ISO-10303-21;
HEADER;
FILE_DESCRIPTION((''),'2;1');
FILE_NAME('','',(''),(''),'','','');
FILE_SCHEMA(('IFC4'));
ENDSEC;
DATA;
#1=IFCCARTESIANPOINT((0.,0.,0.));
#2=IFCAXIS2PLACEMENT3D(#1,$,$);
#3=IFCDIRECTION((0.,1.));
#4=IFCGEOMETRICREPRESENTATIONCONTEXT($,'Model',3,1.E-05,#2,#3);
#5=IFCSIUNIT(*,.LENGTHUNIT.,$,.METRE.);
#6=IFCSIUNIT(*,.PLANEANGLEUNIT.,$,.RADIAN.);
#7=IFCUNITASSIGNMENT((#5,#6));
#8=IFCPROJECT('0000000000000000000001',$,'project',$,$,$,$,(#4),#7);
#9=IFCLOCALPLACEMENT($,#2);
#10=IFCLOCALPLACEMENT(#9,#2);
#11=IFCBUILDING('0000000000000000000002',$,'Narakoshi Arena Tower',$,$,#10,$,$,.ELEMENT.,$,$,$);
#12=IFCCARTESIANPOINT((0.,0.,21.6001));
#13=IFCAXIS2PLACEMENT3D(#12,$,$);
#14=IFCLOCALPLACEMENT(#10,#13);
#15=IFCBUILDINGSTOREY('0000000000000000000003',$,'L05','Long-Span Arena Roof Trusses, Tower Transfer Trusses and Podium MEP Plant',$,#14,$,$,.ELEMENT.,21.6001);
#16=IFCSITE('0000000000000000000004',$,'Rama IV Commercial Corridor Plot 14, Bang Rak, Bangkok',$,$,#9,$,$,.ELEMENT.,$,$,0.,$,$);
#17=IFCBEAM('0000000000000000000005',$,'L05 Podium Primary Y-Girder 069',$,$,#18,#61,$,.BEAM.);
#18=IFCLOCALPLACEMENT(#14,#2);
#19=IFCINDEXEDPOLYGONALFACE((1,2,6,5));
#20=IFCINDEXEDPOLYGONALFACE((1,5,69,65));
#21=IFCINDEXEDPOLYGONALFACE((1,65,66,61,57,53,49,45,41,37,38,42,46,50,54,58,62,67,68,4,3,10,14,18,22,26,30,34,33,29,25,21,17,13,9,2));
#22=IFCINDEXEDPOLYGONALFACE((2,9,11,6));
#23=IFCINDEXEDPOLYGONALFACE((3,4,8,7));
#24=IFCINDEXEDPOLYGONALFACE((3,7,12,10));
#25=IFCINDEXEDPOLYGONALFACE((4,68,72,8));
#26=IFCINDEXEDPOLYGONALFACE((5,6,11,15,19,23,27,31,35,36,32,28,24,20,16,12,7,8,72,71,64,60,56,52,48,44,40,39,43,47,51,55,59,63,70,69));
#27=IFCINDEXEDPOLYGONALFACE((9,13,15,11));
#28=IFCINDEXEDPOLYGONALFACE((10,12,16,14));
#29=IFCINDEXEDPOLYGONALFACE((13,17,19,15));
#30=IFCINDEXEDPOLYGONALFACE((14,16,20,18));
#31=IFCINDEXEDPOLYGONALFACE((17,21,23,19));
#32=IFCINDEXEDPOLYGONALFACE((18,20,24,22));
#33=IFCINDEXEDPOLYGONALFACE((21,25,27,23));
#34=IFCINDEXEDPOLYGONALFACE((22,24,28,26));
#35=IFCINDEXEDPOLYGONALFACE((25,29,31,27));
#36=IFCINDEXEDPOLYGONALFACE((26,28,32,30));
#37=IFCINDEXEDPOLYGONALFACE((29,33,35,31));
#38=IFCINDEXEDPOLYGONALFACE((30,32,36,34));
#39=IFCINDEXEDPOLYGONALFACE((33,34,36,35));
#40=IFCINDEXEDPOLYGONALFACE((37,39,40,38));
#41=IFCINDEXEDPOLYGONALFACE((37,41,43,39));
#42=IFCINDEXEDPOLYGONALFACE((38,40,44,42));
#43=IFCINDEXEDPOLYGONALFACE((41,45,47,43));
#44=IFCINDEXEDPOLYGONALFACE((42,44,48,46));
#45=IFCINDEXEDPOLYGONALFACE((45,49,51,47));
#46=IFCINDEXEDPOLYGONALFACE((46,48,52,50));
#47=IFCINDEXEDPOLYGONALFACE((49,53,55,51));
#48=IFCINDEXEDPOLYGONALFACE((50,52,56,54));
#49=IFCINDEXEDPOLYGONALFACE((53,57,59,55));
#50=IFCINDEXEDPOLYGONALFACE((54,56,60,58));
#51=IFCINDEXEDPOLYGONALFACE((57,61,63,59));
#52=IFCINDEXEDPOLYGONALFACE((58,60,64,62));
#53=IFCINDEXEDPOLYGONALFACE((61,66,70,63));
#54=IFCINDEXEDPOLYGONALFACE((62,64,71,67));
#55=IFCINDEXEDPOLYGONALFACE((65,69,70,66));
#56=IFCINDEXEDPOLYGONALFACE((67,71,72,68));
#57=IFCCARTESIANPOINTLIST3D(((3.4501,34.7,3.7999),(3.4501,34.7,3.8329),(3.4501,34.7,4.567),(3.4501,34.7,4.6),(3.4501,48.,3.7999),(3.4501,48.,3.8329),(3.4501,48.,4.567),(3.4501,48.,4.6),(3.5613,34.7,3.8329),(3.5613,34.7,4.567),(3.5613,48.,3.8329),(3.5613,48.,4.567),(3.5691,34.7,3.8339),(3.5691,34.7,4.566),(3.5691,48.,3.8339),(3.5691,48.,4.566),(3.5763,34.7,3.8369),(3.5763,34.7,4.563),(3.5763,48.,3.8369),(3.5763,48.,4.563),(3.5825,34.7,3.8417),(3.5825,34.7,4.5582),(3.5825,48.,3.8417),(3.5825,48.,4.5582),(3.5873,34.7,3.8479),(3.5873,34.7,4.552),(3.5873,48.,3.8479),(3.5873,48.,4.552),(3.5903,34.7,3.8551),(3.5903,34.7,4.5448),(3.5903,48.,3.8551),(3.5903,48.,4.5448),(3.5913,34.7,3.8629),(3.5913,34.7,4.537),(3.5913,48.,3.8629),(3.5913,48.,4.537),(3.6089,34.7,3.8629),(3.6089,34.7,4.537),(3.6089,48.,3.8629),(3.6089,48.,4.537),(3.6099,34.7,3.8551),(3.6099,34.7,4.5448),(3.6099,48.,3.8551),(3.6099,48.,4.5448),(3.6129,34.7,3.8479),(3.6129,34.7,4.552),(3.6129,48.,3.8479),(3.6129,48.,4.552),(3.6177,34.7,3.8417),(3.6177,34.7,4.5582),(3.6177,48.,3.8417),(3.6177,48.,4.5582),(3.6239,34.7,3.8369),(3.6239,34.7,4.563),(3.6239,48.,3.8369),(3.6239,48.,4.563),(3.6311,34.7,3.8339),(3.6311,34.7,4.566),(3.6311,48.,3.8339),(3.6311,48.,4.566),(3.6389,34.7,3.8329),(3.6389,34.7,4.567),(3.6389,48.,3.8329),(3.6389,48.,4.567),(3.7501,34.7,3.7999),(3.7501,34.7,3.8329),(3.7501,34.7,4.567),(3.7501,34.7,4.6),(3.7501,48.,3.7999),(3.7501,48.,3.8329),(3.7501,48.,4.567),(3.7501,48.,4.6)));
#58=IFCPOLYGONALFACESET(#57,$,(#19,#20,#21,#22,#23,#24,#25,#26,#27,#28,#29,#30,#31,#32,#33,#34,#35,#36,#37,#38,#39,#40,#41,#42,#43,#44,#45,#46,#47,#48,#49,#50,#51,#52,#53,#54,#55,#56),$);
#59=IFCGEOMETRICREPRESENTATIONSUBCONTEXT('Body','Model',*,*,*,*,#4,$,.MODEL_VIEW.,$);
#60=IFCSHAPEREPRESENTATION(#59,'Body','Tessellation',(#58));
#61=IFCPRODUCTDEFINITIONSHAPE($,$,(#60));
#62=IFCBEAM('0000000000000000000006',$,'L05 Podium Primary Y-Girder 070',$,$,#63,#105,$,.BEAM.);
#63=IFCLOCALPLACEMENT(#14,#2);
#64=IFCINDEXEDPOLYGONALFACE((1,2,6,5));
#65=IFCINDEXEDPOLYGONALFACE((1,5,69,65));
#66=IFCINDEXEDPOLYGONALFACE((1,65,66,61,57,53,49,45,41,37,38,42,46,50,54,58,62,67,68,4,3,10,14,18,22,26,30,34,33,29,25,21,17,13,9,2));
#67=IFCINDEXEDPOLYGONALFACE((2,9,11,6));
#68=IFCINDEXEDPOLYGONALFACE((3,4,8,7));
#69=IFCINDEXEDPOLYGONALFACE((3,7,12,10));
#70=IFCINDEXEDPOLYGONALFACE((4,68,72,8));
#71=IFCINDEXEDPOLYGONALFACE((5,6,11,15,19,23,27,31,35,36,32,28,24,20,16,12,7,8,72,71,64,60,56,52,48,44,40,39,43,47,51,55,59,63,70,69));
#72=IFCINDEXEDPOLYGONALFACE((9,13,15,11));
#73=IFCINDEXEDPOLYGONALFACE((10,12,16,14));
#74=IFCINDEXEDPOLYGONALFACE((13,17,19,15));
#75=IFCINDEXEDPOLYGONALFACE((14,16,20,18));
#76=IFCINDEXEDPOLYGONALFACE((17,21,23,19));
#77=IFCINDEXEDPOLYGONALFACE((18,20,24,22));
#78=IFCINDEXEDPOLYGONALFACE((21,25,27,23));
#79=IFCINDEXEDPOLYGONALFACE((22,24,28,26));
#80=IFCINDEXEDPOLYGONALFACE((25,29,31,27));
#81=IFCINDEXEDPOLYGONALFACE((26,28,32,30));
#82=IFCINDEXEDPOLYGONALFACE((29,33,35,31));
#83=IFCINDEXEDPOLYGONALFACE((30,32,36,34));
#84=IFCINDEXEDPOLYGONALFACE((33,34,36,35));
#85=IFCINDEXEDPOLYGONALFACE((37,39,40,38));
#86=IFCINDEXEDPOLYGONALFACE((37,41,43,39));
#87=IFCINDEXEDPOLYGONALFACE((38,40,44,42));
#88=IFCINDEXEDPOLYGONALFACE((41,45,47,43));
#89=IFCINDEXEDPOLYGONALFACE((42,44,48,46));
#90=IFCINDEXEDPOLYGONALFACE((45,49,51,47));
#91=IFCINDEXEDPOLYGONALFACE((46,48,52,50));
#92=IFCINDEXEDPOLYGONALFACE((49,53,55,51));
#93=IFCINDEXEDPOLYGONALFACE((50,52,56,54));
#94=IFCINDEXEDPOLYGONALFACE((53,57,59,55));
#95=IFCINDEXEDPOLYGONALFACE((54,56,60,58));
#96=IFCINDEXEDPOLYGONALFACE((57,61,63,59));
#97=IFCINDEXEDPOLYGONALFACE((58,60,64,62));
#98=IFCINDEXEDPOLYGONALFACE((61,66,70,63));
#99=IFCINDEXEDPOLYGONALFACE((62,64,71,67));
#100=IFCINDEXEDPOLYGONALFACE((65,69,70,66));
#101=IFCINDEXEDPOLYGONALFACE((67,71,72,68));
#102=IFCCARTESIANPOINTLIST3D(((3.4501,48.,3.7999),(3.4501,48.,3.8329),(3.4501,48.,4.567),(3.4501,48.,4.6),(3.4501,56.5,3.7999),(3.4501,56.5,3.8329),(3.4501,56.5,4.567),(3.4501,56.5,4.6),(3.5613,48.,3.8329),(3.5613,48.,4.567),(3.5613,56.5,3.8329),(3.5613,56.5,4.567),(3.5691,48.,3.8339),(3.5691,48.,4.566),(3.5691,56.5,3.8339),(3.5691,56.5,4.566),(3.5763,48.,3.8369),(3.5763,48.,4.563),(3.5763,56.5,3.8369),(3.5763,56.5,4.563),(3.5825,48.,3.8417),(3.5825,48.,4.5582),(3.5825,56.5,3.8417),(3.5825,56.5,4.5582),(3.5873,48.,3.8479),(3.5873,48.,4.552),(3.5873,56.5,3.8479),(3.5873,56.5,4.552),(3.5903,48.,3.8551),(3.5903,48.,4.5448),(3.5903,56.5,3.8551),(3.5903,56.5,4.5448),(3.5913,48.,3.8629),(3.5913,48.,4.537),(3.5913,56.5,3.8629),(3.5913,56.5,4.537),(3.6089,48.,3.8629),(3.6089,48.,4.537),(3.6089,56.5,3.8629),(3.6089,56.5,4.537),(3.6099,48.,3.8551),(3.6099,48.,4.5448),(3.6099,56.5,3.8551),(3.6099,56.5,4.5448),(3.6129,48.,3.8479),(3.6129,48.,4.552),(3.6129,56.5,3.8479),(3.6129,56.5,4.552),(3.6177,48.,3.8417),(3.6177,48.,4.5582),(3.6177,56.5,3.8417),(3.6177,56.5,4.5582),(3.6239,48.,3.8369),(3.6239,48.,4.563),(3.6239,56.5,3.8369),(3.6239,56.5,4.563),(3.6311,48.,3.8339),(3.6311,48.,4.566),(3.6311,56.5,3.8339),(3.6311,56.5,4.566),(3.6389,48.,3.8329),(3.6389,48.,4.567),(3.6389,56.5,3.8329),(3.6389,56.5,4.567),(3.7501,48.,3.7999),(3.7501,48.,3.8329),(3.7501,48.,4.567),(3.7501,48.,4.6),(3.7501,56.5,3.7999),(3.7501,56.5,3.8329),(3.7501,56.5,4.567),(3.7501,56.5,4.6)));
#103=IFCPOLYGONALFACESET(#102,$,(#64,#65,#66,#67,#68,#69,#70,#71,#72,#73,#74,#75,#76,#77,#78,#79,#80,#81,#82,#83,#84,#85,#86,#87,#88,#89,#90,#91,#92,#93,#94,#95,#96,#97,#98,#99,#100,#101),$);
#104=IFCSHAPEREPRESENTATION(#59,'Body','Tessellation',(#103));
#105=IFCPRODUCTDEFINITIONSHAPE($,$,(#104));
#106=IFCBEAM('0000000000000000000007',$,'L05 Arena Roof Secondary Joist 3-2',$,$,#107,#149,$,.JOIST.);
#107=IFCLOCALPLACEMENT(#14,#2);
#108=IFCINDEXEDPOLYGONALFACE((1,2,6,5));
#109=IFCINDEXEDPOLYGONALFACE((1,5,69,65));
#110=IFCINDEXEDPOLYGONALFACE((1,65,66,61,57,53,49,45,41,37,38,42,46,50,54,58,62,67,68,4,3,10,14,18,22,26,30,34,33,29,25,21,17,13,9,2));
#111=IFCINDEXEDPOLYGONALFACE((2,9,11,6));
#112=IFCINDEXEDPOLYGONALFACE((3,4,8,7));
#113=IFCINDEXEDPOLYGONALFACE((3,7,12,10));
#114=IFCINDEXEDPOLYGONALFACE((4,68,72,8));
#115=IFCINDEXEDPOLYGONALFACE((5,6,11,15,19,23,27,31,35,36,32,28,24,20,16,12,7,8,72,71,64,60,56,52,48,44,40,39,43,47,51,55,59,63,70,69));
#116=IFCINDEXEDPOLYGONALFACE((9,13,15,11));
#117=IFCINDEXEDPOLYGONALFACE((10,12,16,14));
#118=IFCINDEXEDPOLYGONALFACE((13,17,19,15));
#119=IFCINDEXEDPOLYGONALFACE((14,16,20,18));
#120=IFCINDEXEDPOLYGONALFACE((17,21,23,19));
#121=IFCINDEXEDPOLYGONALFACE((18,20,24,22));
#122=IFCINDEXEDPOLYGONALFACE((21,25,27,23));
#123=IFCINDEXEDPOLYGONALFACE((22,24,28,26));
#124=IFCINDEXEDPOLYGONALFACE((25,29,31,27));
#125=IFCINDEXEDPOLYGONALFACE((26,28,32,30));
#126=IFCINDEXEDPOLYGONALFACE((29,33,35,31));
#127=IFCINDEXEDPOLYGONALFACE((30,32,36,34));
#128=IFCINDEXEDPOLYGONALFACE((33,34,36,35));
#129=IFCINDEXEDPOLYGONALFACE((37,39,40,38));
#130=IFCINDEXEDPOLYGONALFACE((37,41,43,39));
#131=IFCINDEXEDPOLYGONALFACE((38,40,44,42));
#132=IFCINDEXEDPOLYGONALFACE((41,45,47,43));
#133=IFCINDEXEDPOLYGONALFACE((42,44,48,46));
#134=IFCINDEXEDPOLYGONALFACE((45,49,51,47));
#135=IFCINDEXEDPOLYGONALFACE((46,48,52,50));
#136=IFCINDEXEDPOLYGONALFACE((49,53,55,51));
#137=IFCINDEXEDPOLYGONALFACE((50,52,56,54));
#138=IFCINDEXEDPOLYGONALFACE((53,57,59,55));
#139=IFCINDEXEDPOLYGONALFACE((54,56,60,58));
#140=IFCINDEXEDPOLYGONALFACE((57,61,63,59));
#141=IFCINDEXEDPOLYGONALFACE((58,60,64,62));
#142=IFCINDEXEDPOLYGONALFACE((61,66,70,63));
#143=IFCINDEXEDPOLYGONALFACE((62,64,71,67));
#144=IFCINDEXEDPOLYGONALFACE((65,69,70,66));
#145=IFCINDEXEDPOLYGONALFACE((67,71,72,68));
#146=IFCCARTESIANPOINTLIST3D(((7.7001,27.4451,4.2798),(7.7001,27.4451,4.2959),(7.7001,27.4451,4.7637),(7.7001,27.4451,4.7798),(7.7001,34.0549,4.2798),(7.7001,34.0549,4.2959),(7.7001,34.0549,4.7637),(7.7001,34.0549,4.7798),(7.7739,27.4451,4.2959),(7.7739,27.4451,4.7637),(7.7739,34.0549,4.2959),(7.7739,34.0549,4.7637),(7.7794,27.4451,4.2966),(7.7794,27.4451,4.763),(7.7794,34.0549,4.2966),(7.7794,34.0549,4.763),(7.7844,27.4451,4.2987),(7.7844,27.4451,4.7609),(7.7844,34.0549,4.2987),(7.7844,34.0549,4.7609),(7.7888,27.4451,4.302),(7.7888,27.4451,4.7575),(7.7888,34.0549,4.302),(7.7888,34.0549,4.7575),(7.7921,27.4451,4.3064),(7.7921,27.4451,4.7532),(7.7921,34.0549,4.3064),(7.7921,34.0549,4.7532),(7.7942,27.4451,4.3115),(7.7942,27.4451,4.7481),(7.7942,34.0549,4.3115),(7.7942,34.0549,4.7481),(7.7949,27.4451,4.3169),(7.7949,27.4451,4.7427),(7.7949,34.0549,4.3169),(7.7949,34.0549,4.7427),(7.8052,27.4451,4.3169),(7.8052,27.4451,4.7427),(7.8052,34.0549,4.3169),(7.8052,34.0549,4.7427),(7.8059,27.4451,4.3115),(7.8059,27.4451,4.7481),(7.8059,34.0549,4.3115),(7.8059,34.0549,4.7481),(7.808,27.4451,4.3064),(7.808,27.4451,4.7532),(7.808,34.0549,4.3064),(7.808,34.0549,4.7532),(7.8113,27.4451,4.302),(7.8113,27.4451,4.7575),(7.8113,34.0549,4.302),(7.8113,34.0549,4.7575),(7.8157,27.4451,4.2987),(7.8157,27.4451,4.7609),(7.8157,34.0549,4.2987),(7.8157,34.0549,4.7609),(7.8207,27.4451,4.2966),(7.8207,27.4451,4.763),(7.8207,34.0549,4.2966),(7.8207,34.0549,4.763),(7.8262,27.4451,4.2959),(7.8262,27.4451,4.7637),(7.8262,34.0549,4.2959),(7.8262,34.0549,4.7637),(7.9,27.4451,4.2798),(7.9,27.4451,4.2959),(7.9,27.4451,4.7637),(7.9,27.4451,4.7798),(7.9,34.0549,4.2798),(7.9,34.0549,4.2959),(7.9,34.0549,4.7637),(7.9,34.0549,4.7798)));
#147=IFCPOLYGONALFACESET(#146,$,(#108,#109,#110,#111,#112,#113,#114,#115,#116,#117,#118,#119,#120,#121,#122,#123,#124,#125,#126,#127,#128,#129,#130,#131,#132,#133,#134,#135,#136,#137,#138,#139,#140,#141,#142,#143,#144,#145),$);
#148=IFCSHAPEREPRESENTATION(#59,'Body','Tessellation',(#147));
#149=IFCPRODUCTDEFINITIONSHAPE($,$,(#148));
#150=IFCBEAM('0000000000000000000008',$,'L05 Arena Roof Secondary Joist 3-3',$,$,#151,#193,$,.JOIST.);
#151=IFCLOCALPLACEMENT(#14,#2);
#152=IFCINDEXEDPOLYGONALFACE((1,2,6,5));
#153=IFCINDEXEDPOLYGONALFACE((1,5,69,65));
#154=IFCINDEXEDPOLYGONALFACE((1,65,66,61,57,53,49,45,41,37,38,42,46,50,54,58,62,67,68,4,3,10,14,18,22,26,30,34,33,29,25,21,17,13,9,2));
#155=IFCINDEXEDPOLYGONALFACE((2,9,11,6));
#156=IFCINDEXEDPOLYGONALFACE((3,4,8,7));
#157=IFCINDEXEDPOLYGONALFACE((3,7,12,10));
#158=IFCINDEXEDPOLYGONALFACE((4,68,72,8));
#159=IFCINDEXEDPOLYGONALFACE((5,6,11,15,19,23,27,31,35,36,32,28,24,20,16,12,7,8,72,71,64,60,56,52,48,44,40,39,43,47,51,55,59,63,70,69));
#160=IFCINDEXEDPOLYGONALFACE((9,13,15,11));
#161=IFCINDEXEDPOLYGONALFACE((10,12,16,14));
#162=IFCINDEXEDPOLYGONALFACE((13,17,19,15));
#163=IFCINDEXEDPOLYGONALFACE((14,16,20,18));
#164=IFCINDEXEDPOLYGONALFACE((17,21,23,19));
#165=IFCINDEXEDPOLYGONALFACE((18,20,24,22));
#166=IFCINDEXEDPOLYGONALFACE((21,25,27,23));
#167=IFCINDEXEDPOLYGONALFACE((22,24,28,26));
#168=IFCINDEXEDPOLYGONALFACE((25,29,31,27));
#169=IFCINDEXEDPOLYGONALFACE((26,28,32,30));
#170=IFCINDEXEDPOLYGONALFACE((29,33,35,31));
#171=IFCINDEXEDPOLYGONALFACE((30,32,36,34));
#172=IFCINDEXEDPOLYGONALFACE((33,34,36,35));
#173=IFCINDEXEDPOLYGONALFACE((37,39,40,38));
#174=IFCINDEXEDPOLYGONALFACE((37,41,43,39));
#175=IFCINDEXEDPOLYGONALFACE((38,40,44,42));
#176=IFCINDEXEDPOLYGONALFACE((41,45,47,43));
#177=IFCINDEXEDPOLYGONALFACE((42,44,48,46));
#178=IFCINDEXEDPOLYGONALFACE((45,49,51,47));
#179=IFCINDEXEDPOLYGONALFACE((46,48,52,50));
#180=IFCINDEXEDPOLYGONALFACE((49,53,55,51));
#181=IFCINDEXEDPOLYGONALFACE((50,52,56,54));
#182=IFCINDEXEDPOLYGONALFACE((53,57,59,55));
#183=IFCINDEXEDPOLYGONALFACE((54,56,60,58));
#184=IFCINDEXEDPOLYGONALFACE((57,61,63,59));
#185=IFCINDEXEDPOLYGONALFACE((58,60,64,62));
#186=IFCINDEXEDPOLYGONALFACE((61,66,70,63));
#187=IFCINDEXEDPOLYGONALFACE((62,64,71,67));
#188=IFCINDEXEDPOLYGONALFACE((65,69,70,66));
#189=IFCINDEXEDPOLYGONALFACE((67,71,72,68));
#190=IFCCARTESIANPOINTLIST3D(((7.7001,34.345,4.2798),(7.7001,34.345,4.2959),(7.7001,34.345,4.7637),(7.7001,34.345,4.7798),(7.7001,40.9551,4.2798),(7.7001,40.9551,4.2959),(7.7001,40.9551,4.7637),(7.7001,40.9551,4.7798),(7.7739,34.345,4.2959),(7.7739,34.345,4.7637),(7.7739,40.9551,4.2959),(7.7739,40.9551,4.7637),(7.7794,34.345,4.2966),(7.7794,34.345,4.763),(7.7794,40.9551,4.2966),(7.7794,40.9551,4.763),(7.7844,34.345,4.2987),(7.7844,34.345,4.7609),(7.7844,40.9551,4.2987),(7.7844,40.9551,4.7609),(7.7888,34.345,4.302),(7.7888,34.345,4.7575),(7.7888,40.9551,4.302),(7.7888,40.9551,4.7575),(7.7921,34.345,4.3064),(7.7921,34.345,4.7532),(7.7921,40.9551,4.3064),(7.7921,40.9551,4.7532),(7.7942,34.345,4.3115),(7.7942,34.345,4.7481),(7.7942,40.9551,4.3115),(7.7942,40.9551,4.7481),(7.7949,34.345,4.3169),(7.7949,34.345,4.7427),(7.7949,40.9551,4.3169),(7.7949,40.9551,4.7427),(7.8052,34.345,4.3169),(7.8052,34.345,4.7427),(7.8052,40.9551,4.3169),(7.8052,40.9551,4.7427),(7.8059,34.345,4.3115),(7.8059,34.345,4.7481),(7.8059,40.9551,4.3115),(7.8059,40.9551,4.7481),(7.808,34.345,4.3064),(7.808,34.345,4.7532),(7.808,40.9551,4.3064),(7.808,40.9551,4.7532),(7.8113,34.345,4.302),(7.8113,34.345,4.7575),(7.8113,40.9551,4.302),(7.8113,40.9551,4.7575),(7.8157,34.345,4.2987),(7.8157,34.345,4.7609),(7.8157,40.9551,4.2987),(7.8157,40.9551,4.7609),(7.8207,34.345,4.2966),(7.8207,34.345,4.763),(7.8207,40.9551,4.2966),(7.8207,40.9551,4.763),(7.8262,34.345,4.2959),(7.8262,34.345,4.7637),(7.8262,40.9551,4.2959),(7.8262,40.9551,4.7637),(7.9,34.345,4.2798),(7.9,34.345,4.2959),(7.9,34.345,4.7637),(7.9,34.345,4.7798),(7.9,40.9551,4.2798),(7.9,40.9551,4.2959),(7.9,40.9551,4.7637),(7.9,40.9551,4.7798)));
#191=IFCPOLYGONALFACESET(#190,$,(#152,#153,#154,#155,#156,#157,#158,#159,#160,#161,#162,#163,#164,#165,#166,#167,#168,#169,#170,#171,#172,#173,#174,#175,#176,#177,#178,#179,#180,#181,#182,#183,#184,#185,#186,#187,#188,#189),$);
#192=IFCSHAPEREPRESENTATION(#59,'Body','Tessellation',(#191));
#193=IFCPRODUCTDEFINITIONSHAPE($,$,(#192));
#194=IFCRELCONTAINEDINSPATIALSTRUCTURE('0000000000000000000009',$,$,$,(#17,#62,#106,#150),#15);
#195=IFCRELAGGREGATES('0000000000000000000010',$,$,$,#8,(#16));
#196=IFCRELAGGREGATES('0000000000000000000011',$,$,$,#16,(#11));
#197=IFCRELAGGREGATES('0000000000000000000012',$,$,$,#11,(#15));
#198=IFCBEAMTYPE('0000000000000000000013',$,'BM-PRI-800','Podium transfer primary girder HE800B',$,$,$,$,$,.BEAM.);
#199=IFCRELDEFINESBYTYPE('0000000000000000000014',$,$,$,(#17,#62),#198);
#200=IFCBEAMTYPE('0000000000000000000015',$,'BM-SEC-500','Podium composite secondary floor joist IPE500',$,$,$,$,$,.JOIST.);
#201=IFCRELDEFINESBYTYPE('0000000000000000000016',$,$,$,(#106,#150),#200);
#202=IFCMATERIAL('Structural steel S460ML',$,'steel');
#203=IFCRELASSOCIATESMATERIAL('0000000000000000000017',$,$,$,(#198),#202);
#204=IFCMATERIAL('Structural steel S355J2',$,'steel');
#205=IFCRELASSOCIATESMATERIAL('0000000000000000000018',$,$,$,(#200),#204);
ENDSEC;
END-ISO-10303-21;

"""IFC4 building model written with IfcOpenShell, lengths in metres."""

from ifc_helpers import new_model, si_unit, direction, frame, origin, origin_2d, place, context, subcontext, project, spatial, i_section, extrude, material, material_profile, profile_set, type_object, element, save


model = new_model("IFC4")

# Units and contexts
model_context = context("Model", 3, precision=1e-05, world=origin(), true_north=direction((0.0, 1.0)))
body_context = subcontext(model_context, "Body", "Model", "MODEL_VIEW")
ifc_project = project(units=[si_unit("LENGTHUNIT", "METRE"), si_unit("PLANEANGLEUNIT", "RADIAN")], contexts=[model_context])

# Site, building, storey
site_placement = place(None, origin())
site = spatial("IfcSite", under=ifc_project, at=site_placement, Name="Rama IV Commercial Corridor Plot 14, Bang Rak, Bangkok", CompositionType="ELEMENT", RefElevation=0.0)
building_placement = place(site_placement, origin())
building = spatial("IfcBuilding", under=site, at=building_placement, Name="Narakoshi Arena Tower", CompositionType="ELEMENT")
storey_placement = place(building_placement, frame((0.0, 0.0, 21.6001)))
storey = spatial("IfcBuildingStorey", under=building, at=storey_placement, Name="L05", Description="Long-Span Arena Roof Trusses, Tower Transfer Trusses and Podium MEP Plant", CompositionType="ELEMENT", Elevation=21.6001)

# Beams
ifc_material_1 = material(Name="Structural steel S355J2", Category="steel")
ifc_material_2 = material(Name="Structural steel S460ML", Category="steel")
ifc_material_profile_1 = material_profile(ifc_material_2, i_section(OverallWidth=0.3, OverallDepth=0.8, WebThickness=0.0176, FlangeThickness=0.033, FilletRadius=0.03, at=origin_2d()), Name="HE800B")
ifc_profile_set_1 = profile_set([ifc_material_profile_1], Name="Structural steel S460ML")
beam_type_1 = type_object("IfcBeamType", Name="BM-PRI-800", Description="Podium transfer primary girder HE800B", PredefinedType="BEAM", material=ifc_profile_set_1)
beam_1_placement = place(storey_placement, frame((3.6001, 34.7, 4.2), z_axis=(0.0, 1.0, 0.0), x_axis=(-1.0, 0.0, 0.0)))
element("IfcBeam", 1, at=beam_1_placement, inside=storey, type_object=beam_type_1, Name="L05 Podium Primary Y-Girder 069", PredefinedType="BEAM", context=body_context, shape_type="SweptSolid", body=[
    extrude(i_section(OverallWidth=0.3, OverallDepth=0.8, WebThickness=0.0176, FlangeThickness=0.033, FilletRadius=0.03, at=origin_2d()), origin(), (0.0, 0.0, 1.0), 13.3),
])
beam_2_placement = place(storey_placement, frame((3.6001, 48.0, 4.2), z_axis=(0.0, 1.0, 0.0), x_axis=(-1.0, 0.0, 0.0)))
element("IfcBeam", 2, at=beam_2_placement, inside=storey, type_object=beam_type_1, Name="L05 Podium Primary Y-Girder 070", PredefinedType="BEAM", context=body_context, shape_type="SweptSolid", body=[
    extrude(i_section(OverallWidth=0.3, OverallDepth=0.8, WebThickness=0.0176, FlangeThickness=0.033, FilletRadius=0.03, at=origin_2d()), origin(), (0.0, 0.0, 1.0), 8.5),
])
ifc_material_profile_2 = material_profile(ifc_material_1, i_section(OverallWidth=0.2, OverallDepth=0.5, WebThickness=0.0103, FlangeThickness=0.0161, FilletRadius=0.021, at=origin_2d()), Name="IPE500")
ifc_profile_set_2 = profile_set([ifc_material_profile_2], Name="Structural steel S355J2")
beam_type_2 = type_object("IfcBeamType", Name="BM-SEC-500", Description="Podium composite secondary floor joist IPE500", PredefinedType="JOIST", material=ifc_profile_set_2)
beam_3_placement = place(storey_placement, frame((7.8, 27.4451, 4.5298), z_axis=(0.0, 1.0, 0.0), x_axis=(-1.0, 0.0, 0.0)))
element("IfcBeam", 3, at=beam_3_placement, inside=storey, type_object=beam_type_2, Name="L05 Arena Roof Secondary Joist 3-2", PredefinedType="JOIST", context=body_context, shape_type="SweptSolid", body=[
    extrude(i_section(OverallWidth=0.2, OverallDepth=0.5, WebThickness=0.0103, FlangeThickness=0.0161, FilletRadius=0.021, at=origin_2d()), origin(), (0.0, 0.0, 1.0), 6.6099),
])
beam_4_placement = place(storey_placement, frame((7.8, 34.345, 4.5298), z_axis=(0.0, 1.0, 0.0), x_axis=(-1.0, 0.0, 0.0)))
element("IfcBeam", 4, at=beam_4_placement, inside=storey, type_object=beam_type_2, Name="L05 Arena Roof Secondary Joist 3-3", PredefinedType="JOIST", context=body_context, shape_type="SweptSolid", body=[
    extrude(i_section(OverallWidth=0.2, OverallDepth=0.5, WebThickness=0.0103, FlangeThickness=0.0161, FilletRadius=0.021, at=origin_2d()), origin(), (0.0, 0.0, 1.0), 6.6101),
])

save(model, "model.ifc")
